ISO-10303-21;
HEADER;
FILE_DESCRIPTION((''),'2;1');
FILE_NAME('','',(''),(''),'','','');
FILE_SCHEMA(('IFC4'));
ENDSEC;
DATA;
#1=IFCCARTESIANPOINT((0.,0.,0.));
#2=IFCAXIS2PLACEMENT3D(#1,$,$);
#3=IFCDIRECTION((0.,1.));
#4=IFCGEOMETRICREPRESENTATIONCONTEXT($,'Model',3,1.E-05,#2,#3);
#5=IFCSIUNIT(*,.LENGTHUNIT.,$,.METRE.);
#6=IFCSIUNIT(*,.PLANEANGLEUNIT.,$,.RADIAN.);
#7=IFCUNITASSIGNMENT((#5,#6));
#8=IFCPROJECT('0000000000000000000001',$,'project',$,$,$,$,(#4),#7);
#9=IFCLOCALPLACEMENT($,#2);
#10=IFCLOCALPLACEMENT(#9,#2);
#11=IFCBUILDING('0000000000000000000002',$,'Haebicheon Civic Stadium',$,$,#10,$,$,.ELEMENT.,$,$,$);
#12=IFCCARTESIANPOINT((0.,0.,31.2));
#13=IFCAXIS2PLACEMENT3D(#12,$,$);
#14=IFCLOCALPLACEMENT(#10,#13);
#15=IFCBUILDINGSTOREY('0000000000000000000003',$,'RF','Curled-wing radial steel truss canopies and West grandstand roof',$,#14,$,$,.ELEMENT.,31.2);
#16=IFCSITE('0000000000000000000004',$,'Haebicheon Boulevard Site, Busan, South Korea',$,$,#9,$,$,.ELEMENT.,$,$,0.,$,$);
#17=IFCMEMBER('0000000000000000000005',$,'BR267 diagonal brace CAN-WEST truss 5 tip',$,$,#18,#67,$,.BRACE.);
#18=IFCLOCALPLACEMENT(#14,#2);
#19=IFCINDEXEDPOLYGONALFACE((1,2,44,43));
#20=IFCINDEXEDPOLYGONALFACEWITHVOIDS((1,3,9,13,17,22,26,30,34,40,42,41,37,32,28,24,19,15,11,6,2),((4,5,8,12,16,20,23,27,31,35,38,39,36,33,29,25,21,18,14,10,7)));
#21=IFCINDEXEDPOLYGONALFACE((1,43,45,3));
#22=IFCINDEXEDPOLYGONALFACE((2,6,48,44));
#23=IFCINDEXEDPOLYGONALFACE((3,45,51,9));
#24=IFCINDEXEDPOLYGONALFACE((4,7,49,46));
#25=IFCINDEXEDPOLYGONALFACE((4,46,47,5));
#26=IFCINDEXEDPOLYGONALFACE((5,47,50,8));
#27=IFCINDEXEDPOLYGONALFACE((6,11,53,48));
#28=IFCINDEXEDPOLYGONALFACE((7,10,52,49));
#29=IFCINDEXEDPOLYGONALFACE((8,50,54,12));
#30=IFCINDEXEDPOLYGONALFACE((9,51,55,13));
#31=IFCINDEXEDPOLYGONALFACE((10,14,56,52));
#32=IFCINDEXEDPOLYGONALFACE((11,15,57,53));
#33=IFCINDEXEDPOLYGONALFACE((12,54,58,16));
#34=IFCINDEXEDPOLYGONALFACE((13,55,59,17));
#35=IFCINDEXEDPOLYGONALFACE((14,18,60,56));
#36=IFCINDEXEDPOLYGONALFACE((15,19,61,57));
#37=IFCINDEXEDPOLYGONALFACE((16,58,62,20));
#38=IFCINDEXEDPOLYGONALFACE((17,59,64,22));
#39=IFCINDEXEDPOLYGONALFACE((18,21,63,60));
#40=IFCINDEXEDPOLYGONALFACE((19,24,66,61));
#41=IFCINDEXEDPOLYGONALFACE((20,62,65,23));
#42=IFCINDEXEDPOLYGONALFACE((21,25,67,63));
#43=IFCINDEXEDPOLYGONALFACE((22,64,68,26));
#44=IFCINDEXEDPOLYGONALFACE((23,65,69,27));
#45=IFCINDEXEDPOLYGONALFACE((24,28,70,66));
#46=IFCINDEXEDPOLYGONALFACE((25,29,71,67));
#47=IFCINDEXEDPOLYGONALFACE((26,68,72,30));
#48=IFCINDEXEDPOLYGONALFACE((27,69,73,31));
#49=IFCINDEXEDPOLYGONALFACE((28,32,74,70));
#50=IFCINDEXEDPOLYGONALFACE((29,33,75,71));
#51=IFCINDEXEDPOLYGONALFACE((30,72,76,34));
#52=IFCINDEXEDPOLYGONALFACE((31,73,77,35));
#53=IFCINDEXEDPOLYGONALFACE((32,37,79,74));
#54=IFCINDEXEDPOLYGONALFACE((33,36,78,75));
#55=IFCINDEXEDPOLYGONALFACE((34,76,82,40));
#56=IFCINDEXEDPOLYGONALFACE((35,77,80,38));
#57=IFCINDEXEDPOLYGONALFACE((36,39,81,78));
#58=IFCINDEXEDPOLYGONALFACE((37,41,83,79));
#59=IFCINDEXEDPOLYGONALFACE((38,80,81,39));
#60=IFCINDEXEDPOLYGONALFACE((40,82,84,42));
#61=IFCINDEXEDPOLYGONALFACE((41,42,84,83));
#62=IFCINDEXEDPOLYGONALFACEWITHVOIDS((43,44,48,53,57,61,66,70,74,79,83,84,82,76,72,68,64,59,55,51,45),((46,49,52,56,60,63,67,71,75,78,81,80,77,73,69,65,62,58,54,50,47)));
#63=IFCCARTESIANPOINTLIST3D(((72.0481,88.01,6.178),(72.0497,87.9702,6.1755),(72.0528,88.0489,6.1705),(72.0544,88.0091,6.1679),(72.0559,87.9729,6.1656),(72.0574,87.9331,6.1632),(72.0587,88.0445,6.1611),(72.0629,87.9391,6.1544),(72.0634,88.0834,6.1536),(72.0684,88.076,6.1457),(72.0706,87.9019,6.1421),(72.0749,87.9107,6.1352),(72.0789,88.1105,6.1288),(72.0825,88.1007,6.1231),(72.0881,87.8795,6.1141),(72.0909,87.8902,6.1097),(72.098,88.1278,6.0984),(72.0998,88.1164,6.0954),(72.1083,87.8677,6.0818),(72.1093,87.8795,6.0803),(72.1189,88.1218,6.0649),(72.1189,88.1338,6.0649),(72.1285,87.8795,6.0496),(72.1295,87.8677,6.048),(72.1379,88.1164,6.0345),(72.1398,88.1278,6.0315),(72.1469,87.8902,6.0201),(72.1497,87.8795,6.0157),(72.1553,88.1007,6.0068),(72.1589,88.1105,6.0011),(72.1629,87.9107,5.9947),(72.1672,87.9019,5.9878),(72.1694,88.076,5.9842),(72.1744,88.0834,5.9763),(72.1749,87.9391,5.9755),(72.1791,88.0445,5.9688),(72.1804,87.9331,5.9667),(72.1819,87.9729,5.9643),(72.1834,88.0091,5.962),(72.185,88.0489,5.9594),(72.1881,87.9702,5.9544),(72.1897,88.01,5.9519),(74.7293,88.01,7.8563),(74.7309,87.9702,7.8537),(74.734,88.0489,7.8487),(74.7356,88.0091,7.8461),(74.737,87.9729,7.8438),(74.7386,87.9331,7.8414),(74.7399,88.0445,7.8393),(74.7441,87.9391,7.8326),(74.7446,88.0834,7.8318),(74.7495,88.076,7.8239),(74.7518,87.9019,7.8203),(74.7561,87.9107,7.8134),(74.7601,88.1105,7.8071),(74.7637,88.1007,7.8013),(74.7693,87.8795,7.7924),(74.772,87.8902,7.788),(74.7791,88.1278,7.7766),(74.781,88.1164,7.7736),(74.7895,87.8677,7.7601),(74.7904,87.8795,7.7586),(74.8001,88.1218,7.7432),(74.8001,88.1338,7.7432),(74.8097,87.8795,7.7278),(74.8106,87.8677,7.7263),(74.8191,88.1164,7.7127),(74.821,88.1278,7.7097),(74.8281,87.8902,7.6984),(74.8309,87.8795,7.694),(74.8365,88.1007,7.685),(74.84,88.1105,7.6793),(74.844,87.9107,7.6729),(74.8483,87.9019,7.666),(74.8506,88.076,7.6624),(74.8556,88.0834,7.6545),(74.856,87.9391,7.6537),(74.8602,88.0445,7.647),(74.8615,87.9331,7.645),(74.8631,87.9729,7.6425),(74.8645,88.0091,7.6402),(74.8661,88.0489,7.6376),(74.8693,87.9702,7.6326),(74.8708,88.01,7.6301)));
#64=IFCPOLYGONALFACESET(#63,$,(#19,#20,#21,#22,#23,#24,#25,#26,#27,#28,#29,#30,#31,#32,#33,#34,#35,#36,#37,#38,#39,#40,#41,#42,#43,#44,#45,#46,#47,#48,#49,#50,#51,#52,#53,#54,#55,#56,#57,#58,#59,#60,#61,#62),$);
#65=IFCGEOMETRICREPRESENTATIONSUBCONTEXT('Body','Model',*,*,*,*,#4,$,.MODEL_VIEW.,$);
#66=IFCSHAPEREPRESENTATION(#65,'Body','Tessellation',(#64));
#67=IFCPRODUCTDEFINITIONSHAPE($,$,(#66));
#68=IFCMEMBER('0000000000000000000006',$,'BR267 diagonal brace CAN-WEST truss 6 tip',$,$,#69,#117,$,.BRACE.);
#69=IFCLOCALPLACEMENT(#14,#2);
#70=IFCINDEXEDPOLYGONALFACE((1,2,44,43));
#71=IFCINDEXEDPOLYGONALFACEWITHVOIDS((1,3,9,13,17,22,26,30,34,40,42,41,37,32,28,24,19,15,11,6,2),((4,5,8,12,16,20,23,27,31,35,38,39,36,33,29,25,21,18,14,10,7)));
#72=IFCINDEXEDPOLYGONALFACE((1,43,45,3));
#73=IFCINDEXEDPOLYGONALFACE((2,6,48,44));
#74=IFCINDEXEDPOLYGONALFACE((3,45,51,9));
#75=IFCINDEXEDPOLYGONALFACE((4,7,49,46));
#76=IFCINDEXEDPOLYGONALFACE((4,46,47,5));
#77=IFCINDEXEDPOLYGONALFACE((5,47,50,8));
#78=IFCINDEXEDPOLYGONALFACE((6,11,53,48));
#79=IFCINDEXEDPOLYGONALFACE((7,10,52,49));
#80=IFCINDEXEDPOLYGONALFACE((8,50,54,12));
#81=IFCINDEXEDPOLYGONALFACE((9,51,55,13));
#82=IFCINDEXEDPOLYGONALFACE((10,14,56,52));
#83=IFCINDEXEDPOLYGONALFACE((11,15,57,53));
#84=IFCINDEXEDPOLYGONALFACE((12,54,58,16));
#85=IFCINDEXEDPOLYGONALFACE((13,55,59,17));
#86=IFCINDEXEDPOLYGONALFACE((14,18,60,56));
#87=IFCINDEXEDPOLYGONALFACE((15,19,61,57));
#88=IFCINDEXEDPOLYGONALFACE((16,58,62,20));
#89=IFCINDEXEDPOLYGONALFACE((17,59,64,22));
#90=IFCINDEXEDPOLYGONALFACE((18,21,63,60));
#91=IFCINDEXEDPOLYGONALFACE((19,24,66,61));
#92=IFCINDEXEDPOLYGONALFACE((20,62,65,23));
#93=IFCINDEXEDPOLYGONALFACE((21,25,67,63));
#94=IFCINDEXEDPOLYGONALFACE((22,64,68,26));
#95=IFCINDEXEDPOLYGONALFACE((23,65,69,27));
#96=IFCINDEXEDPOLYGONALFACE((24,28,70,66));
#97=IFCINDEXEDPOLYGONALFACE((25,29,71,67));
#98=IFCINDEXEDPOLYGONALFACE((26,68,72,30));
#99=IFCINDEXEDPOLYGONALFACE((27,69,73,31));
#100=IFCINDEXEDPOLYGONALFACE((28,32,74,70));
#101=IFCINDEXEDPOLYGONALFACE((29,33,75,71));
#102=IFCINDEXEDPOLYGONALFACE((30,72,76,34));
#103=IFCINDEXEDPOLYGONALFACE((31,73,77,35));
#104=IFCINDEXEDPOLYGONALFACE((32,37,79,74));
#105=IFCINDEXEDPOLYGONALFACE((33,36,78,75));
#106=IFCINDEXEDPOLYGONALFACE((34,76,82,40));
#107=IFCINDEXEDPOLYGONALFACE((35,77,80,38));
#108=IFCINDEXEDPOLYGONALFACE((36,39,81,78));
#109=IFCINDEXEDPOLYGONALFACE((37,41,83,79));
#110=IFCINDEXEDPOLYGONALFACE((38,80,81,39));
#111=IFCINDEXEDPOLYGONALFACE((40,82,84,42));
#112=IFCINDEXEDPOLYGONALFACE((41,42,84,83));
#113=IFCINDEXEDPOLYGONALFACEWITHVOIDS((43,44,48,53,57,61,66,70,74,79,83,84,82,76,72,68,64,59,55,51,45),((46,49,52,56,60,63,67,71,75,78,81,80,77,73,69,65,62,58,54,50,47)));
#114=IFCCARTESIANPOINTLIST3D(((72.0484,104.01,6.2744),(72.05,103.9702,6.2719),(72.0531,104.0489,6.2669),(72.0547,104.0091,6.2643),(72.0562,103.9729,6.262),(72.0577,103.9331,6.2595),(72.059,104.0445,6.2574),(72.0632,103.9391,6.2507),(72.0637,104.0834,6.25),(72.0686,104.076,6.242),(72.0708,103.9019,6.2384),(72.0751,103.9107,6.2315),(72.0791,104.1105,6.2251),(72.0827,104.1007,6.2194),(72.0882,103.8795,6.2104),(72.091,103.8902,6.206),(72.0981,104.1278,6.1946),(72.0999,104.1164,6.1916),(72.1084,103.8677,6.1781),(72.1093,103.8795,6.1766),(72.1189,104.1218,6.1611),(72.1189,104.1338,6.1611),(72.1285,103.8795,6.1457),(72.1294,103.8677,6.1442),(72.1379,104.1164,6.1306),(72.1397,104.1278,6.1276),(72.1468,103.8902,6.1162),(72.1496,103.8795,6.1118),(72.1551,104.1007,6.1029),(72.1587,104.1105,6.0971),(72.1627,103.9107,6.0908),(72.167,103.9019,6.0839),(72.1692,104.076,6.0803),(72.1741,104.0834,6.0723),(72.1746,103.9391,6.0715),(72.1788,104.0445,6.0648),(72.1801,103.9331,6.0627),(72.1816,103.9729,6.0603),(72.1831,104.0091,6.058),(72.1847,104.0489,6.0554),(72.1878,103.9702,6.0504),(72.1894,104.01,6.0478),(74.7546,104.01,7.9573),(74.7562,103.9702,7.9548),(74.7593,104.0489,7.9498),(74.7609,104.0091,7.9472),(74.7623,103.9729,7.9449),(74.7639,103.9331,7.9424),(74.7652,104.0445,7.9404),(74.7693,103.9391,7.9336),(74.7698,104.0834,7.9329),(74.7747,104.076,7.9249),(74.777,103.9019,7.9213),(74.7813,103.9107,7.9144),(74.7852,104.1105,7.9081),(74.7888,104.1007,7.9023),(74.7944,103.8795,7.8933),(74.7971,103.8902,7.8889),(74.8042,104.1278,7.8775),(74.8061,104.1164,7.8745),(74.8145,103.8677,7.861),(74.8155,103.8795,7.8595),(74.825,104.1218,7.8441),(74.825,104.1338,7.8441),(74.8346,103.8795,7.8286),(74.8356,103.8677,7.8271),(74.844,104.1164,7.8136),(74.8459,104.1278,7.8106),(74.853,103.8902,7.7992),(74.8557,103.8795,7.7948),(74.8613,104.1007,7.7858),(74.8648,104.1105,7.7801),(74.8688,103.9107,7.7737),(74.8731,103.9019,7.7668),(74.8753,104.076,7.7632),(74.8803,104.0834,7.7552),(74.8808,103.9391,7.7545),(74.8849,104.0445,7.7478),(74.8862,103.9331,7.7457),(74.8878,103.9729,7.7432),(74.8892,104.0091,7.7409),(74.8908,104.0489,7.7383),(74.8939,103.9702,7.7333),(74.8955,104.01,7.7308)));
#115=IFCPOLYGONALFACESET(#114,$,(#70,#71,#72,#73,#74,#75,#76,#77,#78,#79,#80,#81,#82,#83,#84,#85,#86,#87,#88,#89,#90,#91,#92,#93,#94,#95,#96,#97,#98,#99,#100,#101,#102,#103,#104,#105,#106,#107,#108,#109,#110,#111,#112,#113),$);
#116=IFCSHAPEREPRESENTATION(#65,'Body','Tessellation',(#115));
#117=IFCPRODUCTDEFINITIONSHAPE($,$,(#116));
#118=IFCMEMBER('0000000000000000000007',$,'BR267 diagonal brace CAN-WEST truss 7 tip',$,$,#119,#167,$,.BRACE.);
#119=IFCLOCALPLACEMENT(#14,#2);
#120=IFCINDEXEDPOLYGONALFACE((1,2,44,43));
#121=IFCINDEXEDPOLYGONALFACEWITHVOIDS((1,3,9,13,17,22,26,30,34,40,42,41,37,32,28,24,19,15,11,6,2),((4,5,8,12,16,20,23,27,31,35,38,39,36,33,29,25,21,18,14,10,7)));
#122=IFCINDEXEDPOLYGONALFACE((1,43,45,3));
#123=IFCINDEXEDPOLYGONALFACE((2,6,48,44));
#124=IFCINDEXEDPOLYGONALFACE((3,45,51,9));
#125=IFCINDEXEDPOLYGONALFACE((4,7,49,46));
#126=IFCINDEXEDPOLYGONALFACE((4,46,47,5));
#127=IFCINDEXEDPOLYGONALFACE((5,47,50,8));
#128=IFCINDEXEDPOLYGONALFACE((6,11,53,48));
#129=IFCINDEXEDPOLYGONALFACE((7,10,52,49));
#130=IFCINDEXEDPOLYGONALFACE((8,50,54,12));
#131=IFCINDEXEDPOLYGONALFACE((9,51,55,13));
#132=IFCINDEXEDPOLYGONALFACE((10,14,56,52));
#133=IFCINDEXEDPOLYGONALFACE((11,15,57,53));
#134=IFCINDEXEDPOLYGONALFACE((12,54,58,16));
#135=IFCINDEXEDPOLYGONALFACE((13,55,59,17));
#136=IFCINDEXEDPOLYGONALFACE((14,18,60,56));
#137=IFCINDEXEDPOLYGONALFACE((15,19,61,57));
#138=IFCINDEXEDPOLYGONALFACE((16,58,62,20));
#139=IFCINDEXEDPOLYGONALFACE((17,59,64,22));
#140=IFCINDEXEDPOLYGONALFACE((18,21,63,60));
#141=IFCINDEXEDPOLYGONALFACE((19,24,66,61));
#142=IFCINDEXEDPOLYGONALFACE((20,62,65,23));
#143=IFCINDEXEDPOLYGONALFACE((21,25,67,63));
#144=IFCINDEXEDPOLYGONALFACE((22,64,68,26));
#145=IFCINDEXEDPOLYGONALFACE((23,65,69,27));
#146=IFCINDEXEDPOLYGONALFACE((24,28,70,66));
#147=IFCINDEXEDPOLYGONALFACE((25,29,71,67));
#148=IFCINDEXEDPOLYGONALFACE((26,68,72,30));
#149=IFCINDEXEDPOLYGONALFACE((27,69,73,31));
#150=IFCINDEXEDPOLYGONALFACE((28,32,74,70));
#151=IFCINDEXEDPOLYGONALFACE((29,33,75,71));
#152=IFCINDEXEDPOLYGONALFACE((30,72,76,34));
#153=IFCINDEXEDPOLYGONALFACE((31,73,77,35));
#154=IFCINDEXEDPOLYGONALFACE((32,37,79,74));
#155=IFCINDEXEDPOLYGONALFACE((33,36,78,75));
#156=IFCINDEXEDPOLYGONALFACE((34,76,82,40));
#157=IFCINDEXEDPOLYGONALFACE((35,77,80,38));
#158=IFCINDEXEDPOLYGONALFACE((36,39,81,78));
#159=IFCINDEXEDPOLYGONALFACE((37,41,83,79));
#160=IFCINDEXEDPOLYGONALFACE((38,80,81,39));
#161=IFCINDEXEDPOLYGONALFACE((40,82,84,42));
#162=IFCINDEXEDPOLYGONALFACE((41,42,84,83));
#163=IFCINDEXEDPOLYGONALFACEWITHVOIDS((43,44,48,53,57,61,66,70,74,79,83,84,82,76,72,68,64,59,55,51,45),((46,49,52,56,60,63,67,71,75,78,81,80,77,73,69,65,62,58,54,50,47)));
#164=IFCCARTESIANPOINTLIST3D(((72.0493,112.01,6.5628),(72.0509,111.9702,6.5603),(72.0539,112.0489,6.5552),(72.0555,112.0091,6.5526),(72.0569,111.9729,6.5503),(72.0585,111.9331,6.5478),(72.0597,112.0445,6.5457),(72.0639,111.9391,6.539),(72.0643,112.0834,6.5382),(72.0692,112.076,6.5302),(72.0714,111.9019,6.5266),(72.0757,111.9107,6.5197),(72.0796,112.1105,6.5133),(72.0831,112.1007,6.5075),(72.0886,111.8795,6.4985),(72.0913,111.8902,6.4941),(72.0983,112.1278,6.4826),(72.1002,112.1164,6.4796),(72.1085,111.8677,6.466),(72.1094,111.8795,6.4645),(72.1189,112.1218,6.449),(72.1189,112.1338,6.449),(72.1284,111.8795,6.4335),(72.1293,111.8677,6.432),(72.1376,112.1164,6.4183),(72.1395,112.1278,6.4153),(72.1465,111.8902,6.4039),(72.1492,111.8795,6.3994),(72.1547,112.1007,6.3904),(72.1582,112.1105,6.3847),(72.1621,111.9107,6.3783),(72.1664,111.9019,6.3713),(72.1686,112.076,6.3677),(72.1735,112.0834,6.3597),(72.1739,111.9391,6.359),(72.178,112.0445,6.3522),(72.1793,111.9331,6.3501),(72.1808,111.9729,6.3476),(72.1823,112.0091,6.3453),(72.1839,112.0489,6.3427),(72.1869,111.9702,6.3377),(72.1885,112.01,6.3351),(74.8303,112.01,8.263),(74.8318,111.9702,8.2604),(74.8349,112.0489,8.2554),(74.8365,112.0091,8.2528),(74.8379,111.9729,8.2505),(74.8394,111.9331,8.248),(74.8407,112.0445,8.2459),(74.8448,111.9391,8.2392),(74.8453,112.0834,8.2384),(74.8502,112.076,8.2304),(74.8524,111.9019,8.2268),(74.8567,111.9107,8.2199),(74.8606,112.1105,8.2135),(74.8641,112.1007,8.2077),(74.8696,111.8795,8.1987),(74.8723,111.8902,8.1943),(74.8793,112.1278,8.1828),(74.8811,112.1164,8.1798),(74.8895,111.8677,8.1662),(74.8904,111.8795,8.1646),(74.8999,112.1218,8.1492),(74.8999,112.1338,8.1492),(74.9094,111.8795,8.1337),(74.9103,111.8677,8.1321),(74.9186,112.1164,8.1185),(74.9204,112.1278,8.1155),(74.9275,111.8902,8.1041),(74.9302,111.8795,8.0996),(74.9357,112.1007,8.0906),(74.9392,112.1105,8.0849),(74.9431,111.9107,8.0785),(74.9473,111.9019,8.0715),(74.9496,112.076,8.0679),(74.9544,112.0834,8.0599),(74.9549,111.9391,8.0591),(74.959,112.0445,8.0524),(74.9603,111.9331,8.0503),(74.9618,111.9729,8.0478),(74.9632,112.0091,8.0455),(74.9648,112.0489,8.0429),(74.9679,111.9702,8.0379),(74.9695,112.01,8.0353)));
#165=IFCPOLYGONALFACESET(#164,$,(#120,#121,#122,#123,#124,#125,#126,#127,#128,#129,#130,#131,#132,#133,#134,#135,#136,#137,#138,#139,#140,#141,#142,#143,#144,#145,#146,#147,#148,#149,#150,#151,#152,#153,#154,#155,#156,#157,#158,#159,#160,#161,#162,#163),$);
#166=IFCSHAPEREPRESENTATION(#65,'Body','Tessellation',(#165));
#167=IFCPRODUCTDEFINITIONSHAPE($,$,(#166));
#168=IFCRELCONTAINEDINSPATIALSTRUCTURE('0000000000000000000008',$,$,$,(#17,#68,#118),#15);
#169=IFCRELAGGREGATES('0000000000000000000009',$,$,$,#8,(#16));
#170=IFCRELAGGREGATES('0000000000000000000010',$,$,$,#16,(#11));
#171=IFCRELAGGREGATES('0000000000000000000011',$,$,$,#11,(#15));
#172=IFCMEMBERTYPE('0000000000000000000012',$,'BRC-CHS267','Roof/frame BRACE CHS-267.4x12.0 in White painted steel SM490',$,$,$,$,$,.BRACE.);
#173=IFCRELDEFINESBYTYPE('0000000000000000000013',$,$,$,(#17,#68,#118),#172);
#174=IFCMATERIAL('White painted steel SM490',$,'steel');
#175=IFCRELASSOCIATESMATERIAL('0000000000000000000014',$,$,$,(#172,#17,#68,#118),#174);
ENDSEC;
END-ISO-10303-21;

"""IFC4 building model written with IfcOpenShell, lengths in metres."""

from ifc_helpers import new_model, si_unit, direction, frame, origin, origin_2d, place, context, subcontext, project, spatial, hollow_circle, extrude, material, material_profile, profile_set, type_object, element, save


model = new_model("IFC4")

# Units and contexts
model_context = context("Model", 3, precision=1e-05, world=origin(), true_north=direction((0.0, 1.0)))
body_context = subcontext(model_context, "Body", "Model", "MODEL_VIEW")
ifc_project = project(units=[si_unit("LENGTHUNIT", "METRE"), si_unit("PLANEANGLEUNIT", "RADIAN")], contexts=[model_context])

# Site, building, storey
site_placement = place(None, origin())
site = spatial("IfcSite", under=ifc_project, at=site_placement, Name="Haebicheon Boulevard Site, Busan, South Korea", CompositionType="ELEMENT", RefElevation=0.0)
building_placement = place(site_placement, origin())
building = spatial("IfcBuilding", under=site, at=building_placement, Name="Haebicheon Civic Stadium", CompositionType="ELEMENT")
storey_placement = place(building_placement, frame((0.0, 0.0, 31.2)))
storey = spatial("IfcBuildingStorey", under=building, at=storey_placement, Name="RF", Description="Curled-wing radial steel truss canopies and West grandstand roof", CompositionType="ELEMENT", Elevation=31.2)

# Members
ifc_material_1 = material(Name="White painted steel SM490", Category="steel")
ifc_material_profile_1 = material_profile(ifc_material_1, hollow_circle(Radius=0.1338, WallThickness=0.012, at=origin_2d()), Name="CHS-267.4x12.0")
ifc_profile_set_1 = profile_set([ifc_material_profile_1], Name="White painted steel SM490")
member_type_1 = type_object("IfcMemberType", Name="BRC-CHS267", Description="Roof/frame BRACE CHS-267.4x12.0 in White painted steel SM490", PredefinedType="BRACE", material=ifc_profile_set_1)
member_1_placement = place(storey_placement, frame((72.1189, 88.0, 6.0649), z_axis=(0.847643, 0.0, 0.530568), x_axis=(0.0, 1.0, 0.0)))
element("IfcMember", 1, at=member_1_placement, inside=storey, type_object=member_type_1, material=ifc_profile_set_1, Name="BR267 diagonal brace CAN-WEST truss 5 tip", PredefinedType="BRACE", context=body_context, shape_type="SweptSolid", body=[
    extrude(hollow_circle(Radius=0.1338, WallThickness=0.012, at=origin_2d()), origin(), (0.0, 0.0, 1.0), 3.1631),
])
member_2_placement = place(storey_placement, frame((72.1189, 104.0, 6.1611), z_axis=(0.849184, 0.0, 0.528097), x_axis=(0.0, 1.0, 0.0)))
element("IfcMember", 2, at=member_2_placement, inside=storey, type_object=member_type_1, material=ifc_profile_set_1, Name="BR267 diagonal brace CAN-WEST truss 6 tip", PredefinedType="BRACE", context=body_context, shape_type="SweptSolid", body=[
    extrude(hollow_circle(Radius=0.1338, WallThickness=0.012, at=origin_2d()), origin(), (0.0, 0.0, 1.0), 3.1868),
])
member_3_placement = place(storey_placement, frame((72.1189, 112.0, 6.449), z_axis=(0.853187, 0.0, 0.521605), x_axis=(0.0, 1.0, 0.0)))
element("IfcMember", 3, at=member_3_placement, inside=storey, type_object=member_type_1, material=ifc_profile_set_1, Name="BR267 diagonal brace CAN-WEST truss 7 tip", PredefinedType="BRACE", context=body_context, shape_type="SweptSolid", body=[
    extrude(hollow_circle(Radius=0.1338, WallThickness=0.012, at=origin_2d()), origin(), (0.0, 0.0, 1.0), 3.2595),
])

save(model, "model.ifc")
